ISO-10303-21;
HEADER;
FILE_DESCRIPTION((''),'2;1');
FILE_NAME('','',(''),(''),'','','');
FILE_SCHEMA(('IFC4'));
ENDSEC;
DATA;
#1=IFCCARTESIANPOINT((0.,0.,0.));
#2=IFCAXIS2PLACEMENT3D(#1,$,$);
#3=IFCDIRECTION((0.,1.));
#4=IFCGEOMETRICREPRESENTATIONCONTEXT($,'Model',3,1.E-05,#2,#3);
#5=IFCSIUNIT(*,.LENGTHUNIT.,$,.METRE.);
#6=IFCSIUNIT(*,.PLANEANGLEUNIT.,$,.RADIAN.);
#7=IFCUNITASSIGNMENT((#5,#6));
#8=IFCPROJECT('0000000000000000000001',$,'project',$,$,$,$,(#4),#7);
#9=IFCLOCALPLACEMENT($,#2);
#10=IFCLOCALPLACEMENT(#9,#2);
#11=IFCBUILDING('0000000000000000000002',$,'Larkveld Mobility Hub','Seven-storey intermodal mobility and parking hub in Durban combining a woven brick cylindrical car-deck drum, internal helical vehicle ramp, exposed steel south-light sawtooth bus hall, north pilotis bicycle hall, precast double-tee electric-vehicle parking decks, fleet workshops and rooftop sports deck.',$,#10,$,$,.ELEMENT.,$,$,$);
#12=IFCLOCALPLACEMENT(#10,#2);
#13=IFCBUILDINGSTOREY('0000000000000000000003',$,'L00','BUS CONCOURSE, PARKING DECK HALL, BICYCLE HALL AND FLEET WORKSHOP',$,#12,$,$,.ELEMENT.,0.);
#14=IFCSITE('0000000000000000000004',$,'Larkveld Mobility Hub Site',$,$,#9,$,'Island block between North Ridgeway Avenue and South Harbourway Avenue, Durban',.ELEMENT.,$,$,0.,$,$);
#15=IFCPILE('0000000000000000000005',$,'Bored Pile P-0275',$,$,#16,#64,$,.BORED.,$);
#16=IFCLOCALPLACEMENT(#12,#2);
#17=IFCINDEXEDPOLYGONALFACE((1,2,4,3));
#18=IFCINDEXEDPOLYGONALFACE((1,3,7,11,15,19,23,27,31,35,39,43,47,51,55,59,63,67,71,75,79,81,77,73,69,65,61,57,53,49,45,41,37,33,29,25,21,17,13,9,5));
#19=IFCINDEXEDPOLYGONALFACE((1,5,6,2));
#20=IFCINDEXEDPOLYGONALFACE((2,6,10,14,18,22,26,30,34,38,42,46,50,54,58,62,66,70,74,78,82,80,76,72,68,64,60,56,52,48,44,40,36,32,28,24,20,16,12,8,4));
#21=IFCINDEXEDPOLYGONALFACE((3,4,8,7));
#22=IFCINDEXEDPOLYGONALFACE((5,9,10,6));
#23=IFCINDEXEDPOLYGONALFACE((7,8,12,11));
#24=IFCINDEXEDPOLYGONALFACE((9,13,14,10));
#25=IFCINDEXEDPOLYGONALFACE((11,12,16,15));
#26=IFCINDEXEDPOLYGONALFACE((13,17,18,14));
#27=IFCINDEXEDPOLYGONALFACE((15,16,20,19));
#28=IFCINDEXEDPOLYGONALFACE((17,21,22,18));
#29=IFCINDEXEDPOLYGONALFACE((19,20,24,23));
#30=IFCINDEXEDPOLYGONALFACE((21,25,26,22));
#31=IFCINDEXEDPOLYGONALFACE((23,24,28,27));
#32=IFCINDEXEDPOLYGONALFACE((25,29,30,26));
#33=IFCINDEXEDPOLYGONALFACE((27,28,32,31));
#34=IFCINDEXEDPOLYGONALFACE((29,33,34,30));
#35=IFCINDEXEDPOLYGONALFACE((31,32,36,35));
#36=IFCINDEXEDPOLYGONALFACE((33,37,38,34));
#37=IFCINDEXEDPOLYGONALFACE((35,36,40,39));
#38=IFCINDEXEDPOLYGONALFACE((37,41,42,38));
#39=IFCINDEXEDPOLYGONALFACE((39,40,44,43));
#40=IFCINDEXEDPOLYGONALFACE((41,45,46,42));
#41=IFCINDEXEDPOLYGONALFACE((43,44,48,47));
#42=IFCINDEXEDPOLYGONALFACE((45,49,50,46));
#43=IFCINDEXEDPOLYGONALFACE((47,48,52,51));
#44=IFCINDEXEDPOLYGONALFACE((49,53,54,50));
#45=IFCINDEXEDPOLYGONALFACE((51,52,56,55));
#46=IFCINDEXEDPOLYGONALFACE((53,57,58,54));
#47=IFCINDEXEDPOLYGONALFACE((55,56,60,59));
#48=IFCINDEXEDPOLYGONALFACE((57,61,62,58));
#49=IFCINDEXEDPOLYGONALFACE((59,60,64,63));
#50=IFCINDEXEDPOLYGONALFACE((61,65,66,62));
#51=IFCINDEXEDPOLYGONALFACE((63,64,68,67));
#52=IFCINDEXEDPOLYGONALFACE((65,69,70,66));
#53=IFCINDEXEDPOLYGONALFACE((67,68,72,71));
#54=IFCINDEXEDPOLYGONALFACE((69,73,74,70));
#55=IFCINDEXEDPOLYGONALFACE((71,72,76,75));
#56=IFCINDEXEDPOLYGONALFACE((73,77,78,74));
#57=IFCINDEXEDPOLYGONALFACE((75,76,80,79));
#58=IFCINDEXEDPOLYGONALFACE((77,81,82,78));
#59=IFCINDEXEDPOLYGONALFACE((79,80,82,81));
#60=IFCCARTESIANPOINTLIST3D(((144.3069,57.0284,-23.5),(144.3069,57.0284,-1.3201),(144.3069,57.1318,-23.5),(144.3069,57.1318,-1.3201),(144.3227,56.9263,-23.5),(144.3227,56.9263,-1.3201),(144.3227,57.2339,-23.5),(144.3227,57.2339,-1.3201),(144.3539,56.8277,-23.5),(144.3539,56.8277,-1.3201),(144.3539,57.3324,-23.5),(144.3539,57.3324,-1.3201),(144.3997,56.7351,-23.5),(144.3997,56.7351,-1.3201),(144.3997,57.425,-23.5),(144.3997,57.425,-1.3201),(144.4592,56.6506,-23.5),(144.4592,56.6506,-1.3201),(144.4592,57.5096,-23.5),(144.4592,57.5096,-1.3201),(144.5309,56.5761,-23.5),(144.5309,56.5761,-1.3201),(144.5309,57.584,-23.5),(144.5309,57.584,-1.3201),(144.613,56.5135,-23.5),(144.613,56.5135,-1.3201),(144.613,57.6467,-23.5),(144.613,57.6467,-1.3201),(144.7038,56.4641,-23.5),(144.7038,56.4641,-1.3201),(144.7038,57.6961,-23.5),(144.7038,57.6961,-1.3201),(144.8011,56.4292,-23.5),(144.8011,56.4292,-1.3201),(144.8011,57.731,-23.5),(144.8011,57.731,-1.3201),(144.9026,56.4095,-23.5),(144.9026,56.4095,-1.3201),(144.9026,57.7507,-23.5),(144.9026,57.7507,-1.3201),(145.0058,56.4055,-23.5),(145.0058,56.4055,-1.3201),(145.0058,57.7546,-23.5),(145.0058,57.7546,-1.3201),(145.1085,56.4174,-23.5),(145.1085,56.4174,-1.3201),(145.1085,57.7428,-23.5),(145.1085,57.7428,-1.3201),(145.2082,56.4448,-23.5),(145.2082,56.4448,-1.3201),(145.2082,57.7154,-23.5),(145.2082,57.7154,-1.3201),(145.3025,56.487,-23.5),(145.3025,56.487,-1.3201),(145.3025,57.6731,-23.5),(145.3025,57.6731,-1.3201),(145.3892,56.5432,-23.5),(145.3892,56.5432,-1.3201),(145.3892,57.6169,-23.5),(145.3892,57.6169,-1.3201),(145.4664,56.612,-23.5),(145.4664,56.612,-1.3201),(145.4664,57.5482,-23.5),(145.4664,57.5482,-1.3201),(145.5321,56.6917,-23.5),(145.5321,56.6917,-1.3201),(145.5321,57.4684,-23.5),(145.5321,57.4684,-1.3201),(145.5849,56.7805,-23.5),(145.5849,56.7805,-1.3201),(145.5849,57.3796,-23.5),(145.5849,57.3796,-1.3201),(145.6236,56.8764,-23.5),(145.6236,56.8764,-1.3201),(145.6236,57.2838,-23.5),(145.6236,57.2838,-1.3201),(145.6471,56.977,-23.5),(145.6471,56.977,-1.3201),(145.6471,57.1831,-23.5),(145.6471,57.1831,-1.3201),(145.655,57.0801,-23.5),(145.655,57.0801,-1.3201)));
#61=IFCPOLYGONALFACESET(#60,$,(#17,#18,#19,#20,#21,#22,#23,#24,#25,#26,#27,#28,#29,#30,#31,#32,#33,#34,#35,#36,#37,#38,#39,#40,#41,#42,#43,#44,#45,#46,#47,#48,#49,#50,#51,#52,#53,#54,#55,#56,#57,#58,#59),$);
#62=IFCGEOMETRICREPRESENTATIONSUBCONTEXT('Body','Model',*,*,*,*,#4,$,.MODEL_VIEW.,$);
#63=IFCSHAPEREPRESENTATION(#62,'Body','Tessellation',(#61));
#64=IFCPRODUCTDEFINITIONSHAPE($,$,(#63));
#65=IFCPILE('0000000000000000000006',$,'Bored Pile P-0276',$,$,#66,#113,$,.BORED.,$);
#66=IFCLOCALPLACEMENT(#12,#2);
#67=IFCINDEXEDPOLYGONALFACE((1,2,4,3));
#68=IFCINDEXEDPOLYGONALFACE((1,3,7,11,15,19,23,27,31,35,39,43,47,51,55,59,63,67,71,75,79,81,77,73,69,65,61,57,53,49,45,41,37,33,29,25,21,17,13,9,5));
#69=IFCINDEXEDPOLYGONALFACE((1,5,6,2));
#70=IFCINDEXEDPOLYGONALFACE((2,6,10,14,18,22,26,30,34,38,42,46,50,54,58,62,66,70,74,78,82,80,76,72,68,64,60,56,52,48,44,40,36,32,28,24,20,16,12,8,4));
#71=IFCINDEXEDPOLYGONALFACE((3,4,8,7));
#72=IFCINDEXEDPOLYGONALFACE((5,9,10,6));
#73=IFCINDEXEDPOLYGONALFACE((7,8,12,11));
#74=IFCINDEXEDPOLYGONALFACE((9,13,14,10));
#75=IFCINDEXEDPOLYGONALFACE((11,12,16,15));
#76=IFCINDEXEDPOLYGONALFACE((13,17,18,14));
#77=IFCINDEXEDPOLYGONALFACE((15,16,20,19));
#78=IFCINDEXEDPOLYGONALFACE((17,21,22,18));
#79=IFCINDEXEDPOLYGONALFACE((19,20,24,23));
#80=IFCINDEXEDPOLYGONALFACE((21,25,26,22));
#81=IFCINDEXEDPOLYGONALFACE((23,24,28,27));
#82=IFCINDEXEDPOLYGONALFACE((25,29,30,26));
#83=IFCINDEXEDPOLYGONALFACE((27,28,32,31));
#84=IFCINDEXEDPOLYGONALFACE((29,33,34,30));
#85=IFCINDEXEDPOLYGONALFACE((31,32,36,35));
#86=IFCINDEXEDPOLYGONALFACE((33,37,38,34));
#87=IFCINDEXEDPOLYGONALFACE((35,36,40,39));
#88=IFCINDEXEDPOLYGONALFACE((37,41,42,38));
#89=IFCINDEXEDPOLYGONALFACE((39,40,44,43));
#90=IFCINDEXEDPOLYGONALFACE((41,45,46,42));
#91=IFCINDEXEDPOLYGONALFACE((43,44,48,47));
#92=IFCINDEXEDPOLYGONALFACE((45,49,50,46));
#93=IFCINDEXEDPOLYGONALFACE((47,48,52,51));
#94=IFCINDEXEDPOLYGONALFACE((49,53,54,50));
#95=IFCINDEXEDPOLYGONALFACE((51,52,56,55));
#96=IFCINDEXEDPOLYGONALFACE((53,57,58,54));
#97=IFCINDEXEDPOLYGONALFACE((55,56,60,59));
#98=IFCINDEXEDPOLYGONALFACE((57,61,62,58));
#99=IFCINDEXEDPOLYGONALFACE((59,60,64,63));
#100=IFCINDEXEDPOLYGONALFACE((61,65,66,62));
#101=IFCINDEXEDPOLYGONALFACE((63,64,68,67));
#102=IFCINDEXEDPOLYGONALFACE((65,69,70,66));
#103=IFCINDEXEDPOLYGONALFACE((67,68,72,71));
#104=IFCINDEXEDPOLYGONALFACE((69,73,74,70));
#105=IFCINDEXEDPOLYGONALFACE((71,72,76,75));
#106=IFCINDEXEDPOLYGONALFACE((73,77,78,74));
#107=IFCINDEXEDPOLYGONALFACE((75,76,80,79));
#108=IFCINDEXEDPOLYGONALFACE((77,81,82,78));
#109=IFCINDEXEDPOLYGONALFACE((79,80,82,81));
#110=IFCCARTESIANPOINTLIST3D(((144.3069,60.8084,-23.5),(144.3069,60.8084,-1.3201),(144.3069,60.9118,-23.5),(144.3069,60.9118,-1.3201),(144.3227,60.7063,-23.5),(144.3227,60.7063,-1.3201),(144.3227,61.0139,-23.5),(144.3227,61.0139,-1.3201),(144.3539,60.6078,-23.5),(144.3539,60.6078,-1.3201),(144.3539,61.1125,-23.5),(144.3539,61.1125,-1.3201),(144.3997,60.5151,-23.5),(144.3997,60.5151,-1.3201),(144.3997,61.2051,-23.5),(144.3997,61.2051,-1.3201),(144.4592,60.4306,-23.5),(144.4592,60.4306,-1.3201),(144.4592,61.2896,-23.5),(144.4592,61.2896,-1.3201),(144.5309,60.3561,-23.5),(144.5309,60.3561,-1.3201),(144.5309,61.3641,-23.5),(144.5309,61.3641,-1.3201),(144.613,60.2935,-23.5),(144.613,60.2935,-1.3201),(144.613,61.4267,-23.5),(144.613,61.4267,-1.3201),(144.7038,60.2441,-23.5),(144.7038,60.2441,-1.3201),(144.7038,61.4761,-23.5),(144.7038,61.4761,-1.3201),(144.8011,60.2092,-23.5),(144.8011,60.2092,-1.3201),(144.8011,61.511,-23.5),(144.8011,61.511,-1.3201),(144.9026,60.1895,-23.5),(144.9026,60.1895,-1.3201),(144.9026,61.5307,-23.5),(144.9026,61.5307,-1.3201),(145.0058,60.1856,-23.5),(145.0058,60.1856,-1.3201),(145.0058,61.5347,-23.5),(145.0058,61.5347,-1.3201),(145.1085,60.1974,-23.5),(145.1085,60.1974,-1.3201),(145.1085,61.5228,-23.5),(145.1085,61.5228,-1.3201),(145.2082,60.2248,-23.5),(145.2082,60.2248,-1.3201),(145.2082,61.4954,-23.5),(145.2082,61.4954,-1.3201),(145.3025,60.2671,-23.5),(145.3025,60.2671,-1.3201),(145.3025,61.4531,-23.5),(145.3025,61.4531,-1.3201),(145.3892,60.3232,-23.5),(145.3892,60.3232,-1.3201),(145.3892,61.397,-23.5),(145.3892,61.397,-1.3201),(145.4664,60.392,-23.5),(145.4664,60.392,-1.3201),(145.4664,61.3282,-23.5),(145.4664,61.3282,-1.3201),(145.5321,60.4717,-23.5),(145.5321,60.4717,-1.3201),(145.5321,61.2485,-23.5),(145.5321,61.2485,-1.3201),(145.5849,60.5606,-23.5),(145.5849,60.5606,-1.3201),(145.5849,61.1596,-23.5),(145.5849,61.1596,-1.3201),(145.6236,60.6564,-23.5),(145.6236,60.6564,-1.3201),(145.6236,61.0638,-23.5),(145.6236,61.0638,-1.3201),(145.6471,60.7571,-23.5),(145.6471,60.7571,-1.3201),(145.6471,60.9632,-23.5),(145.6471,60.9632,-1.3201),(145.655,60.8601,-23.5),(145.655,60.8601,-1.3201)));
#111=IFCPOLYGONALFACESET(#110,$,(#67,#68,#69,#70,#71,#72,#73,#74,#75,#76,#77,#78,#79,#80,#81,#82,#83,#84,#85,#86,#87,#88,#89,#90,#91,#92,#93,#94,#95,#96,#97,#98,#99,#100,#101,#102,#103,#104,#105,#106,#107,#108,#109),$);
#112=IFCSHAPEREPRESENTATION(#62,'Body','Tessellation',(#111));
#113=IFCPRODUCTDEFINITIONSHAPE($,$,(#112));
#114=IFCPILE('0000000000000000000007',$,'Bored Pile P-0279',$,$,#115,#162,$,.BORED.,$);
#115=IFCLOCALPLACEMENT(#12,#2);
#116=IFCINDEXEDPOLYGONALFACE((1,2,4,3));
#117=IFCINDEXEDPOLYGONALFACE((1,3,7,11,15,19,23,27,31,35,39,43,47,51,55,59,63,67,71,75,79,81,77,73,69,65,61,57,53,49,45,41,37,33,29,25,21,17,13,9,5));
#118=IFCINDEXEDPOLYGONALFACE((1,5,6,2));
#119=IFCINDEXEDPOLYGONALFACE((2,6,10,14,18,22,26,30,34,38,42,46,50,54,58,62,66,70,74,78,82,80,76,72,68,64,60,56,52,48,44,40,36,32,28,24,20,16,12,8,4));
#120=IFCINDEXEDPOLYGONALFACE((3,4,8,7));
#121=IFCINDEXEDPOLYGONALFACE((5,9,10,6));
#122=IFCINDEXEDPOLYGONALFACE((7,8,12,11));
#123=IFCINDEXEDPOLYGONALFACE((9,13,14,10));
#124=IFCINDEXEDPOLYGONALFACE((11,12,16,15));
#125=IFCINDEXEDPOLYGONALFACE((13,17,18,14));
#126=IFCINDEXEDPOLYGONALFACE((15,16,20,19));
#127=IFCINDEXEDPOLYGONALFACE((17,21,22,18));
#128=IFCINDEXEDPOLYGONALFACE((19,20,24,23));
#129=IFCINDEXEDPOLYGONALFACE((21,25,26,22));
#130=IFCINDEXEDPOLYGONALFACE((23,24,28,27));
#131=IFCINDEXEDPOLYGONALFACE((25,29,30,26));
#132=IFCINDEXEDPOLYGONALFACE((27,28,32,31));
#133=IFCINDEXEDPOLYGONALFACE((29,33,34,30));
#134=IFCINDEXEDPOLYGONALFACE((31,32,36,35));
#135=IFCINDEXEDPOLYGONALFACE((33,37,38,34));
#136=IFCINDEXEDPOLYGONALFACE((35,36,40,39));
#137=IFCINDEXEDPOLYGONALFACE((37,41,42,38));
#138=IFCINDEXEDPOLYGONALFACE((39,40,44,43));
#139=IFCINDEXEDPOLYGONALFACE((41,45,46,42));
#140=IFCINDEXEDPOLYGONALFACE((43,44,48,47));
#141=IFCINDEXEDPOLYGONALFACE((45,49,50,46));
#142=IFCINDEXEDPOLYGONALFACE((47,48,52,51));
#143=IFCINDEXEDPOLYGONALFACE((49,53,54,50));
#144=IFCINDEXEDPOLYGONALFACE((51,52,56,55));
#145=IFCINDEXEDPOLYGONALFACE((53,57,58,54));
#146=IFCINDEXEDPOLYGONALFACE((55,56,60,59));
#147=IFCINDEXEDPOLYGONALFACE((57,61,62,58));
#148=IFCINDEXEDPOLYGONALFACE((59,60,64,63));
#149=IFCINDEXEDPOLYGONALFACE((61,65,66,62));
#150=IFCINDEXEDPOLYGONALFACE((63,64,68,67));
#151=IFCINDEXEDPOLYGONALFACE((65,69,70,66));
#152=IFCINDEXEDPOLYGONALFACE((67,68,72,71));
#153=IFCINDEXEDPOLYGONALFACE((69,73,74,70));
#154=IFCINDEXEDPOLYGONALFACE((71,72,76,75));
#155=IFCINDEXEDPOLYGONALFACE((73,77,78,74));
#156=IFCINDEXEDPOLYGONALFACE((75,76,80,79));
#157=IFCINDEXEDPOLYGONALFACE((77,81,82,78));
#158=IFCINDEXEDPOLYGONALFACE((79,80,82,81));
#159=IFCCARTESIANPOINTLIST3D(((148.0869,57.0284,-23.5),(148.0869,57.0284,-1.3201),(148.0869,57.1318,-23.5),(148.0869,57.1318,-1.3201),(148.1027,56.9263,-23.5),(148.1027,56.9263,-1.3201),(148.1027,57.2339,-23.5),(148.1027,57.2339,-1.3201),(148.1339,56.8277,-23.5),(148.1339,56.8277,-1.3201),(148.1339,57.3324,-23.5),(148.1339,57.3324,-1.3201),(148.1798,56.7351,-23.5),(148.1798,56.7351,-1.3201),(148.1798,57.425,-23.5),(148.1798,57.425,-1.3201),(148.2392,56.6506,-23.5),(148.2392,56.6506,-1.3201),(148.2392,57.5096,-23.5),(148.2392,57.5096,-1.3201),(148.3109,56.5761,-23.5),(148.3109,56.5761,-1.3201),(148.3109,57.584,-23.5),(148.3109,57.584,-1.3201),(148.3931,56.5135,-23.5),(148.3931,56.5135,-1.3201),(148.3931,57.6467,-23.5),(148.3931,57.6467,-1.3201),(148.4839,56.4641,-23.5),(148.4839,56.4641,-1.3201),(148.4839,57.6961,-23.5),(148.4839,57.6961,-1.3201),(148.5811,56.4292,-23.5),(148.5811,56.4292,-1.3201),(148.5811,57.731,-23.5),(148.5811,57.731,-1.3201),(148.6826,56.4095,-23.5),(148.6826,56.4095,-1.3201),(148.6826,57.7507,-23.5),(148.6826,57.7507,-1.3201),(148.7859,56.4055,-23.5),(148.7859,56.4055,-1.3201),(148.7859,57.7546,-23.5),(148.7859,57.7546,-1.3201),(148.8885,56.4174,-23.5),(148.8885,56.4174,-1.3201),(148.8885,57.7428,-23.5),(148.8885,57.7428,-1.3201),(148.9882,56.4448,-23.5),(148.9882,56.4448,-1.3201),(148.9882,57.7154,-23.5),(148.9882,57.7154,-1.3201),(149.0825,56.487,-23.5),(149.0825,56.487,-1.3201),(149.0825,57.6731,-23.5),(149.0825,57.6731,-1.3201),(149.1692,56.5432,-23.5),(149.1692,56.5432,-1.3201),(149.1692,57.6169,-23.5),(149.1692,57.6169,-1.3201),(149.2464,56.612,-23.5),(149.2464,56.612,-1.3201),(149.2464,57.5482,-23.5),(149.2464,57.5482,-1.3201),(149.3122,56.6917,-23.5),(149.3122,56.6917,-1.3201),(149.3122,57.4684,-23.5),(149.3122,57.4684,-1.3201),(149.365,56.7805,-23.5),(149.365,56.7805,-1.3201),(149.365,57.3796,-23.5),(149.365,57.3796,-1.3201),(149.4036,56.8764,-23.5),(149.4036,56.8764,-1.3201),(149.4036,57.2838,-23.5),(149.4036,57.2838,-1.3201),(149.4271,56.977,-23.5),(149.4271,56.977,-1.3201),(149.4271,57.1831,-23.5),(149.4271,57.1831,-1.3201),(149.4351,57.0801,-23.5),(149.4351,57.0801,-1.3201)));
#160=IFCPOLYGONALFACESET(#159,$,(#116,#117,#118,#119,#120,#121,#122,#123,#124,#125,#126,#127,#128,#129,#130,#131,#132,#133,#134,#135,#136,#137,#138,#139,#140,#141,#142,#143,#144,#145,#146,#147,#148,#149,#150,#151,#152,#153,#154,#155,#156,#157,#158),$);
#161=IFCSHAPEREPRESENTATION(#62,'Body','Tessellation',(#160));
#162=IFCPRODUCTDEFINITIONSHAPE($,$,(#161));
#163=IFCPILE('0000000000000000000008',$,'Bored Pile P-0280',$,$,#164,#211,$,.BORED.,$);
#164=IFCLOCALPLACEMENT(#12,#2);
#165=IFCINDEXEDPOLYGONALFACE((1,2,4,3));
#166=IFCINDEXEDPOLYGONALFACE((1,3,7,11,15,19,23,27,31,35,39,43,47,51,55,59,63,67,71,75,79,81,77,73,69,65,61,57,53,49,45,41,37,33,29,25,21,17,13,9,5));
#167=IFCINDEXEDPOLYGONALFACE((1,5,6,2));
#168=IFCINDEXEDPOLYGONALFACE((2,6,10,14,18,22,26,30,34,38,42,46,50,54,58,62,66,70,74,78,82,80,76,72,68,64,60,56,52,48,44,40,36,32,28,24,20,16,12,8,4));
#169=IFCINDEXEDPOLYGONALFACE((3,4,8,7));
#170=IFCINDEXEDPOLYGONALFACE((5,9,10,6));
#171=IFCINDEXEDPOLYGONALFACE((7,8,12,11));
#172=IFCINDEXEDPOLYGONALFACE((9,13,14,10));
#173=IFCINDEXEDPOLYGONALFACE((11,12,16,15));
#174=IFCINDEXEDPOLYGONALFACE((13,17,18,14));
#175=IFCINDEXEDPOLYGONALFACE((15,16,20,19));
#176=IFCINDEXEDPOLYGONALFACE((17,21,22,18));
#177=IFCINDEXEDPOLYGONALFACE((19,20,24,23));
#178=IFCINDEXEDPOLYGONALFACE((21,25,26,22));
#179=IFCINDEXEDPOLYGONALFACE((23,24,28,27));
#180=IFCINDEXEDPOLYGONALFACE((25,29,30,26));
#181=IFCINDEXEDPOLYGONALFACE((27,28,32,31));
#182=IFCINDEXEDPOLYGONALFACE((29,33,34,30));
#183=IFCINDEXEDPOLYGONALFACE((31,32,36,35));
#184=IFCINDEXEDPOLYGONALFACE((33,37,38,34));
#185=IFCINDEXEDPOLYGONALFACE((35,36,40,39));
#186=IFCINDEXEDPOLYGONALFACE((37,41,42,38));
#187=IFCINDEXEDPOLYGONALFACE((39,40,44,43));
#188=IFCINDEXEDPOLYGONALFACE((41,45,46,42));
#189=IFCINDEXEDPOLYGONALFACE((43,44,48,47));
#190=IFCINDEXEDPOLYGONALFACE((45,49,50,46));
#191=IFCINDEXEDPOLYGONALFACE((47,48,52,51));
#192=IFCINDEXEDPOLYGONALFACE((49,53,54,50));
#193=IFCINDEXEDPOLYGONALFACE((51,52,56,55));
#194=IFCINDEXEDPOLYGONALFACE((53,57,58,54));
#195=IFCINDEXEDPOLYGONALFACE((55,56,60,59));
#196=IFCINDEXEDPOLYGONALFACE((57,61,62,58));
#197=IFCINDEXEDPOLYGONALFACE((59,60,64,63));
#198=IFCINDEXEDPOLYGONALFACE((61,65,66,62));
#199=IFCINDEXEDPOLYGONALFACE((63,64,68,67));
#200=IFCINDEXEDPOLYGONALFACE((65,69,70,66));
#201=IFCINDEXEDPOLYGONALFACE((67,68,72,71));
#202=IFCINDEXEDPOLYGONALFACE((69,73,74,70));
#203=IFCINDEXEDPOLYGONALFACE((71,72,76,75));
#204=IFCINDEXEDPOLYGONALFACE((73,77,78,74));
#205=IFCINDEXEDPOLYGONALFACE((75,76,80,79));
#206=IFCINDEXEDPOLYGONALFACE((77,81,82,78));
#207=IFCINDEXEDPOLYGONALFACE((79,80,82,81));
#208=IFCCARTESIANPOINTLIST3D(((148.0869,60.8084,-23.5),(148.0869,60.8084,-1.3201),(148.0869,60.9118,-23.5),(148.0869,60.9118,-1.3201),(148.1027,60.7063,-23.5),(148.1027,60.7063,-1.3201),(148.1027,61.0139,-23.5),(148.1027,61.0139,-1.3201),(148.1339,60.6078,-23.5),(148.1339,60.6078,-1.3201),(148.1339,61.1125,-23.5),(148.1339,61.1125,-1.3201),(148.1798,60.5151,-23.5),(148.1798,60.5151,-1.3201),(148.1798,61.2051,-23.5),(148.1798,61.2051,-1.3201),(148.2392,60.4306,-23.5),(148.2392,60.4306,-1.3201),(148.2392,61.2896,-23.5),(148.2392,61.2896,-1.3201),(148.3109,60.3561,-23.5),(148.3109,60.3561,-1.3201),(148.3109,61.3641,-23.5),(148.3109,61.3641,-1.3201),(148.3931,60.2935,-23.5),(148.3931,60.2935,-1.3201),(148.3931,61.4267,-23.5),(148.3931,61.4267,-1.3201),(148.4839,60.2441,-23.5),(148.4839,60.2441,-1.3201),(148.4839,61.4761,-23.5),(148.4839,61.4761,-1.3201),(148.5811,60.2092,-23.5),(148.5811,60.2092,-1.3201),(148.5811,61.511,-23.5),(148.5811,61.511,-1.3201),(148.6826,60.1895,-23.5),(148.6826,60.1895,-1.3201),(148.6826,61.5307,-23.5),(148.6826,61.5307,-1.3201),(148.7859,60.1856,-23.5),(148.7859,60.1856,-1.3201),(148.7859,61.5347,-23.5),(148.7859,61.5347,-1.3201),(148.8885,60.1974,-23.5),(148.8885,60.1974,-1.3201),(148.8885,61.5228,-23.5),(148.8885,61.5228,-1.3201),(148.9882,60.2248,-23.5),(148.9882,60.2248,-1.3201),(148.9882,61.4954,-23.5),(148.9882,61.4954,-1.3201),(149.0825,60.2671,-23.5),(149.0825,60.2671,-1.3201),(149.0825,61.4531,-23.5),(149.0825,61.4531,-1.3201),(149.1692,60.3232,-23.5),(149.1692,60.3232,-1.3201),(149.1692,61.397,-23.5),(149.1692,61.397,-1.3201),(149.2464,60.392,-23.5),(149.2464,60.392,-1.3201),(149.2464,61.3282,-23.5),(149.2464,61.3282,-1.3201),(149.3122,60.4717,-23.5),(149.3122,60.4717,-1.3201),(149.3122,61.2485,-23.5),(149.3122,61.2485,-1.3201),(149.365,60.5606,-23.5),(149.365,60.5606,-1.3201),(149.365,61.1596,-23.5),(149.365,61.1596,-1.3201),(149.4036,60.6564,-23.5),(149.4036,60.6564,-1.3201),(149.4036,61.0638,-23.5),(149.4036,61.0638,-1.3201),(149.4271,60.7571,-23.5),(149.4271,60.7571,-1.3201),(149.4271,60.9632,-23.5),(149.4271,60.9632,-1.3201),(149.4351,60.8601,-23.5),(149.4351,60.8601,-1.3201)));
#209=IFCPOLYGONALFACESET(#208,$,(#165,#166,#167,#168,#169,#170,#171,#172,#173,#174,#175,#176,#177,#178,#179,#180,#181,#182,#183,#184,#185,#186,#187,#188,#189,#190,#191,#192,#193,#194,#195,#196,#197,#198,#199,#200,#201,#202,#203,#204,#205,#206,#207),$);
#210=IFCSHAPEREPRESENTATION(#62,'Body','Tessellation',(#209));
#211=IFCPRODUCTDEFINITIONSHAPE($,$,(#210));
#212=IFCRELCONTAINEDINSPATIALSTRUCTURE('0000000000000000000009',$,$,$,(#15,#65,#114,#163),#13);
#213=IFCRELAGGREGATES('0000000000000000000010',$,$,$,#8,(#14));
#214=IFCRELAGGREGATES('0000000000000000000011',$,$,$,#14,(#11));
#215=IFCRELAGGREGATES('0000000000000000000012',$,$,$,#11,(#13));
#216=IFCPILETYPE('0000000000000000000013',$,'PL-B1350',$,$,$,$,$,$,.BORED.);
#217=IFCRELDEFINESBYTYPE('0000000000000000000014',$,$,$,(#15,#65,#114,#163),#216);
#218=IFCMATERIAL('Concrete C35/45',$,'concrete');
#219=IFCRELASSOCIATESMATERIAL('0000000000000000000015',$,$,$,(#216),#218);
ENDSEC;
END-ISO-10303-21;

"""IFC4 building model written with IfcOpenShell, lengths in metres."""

from ifc_helpers import new_model, si_unit, direction, frame, origin, origin_2d, place, context, subcontext, project, spatial, circle, extrude, material, material_profile, profile_set, type_object, element, save


model = new_model("IFC4")

# Units and contexts
model_context = context("Model", 3, precision=1e-05, world=origin(), true_north=direction((0.0, 1.0)))
body_context = subcontext(model_context, "Body", "Model", "MODEL_VIEW")
ifc_project = project(units=[si_unit("LENGTHUNIT", "METRE"), si_unit("PLANEANGLEUNIT", "RADIAN")], contexts=[model_context])

# Site, building, storey
site_placement = place(None, origin())
site = spatial("IfcSite", under=ifc_project, at=site_placement, Name="Larkveld Mobility Hub Site", LongName="Island block between North Ridgeway Avenue and South Harbourway Avenue, Durban", CompositionType="ELEMENT", RefElevation=0.0)
building_placement = place(site_placement, origin())
building = spatial("IfcBuilding", under=site, at=building_placement, Name="Larkveld Mobility Hub", Description="Seven-storey intermodal mobility and parking hub in Durban combining a woven brick cylindrical car-deck drum, internal helical vehicle ramp, exposed steel south-light sawtooth bus hall, north pilotis bicycle hall, precast double-tee electric-vehicle parking decks, fleet workshops and rooftop sports deck.", CompositionType="ELEMENT")
storey_placement = place(building_placement, origin())
storey = spatial("IfcBuildingStorey", under=building, at=storey_placement, Name="L00", Description="BUS CONCOURSE, PARKING DECK HALL, BICYCLE HALL AND FLEET WORKSHOP", CompositionType="ELEMENT", Elevation=0.0)

# Piles
ifc_material_1 = material(Name="Concrete C35/45", Category="concrete")
ifc_material_profile_1 = material_profile(ifc_material_1, circle(Radius=0.675, at=origin_2d()), Name="PILE D1350")
ifc_profile_set_1 = profile_set([ifc_material_profile_1], Name="Concrete C35/45")
pile_type = type_object("IfcPileType", Name="PL-B1350", PredefinedType="BORED", material=ifc_profile_set_1)
for number, where, z_axis, x_axis, name in (
    (1, (144.98, 57.0801, -1.3201), (0.0, 0.0, -1.0), (1.0, 0.0, 0.0), "Bored Pile P-0275"),
    (2, (144.98, 60.8601, -1.3201), (0.0, 0.0, -1.0), (1.0, 0.0, 0.0), "Bored Pile P-0276"),
    (3, (148.76, 57.0801, -1.3201), (0.0, 0.0, -1.0), (1.0, 0.0, 0.0), "Bored Pile P-0279"),
    (4, (148.76, 60.8601, -1.3201), (0.0, 0.0, -1.0), (1.0, 0.0, 0.0), "Bored Pile P-0280"),
):
    element("IfcPile", number, at=place(storey_placement, frame(where, z_axis=z_axis, x_axis=x_axis)), inside=storey, type_object=pile_type, Name=name, PredefinedType="BORED", context=body_context, shape_type="SweptSolid", body=[
        extrude(circle(Radius=0.675, at=origin_2d()), origin(), (0.0, 0.0, 1.0), 22.1799),
    ])

save(model, "model.ifc")
